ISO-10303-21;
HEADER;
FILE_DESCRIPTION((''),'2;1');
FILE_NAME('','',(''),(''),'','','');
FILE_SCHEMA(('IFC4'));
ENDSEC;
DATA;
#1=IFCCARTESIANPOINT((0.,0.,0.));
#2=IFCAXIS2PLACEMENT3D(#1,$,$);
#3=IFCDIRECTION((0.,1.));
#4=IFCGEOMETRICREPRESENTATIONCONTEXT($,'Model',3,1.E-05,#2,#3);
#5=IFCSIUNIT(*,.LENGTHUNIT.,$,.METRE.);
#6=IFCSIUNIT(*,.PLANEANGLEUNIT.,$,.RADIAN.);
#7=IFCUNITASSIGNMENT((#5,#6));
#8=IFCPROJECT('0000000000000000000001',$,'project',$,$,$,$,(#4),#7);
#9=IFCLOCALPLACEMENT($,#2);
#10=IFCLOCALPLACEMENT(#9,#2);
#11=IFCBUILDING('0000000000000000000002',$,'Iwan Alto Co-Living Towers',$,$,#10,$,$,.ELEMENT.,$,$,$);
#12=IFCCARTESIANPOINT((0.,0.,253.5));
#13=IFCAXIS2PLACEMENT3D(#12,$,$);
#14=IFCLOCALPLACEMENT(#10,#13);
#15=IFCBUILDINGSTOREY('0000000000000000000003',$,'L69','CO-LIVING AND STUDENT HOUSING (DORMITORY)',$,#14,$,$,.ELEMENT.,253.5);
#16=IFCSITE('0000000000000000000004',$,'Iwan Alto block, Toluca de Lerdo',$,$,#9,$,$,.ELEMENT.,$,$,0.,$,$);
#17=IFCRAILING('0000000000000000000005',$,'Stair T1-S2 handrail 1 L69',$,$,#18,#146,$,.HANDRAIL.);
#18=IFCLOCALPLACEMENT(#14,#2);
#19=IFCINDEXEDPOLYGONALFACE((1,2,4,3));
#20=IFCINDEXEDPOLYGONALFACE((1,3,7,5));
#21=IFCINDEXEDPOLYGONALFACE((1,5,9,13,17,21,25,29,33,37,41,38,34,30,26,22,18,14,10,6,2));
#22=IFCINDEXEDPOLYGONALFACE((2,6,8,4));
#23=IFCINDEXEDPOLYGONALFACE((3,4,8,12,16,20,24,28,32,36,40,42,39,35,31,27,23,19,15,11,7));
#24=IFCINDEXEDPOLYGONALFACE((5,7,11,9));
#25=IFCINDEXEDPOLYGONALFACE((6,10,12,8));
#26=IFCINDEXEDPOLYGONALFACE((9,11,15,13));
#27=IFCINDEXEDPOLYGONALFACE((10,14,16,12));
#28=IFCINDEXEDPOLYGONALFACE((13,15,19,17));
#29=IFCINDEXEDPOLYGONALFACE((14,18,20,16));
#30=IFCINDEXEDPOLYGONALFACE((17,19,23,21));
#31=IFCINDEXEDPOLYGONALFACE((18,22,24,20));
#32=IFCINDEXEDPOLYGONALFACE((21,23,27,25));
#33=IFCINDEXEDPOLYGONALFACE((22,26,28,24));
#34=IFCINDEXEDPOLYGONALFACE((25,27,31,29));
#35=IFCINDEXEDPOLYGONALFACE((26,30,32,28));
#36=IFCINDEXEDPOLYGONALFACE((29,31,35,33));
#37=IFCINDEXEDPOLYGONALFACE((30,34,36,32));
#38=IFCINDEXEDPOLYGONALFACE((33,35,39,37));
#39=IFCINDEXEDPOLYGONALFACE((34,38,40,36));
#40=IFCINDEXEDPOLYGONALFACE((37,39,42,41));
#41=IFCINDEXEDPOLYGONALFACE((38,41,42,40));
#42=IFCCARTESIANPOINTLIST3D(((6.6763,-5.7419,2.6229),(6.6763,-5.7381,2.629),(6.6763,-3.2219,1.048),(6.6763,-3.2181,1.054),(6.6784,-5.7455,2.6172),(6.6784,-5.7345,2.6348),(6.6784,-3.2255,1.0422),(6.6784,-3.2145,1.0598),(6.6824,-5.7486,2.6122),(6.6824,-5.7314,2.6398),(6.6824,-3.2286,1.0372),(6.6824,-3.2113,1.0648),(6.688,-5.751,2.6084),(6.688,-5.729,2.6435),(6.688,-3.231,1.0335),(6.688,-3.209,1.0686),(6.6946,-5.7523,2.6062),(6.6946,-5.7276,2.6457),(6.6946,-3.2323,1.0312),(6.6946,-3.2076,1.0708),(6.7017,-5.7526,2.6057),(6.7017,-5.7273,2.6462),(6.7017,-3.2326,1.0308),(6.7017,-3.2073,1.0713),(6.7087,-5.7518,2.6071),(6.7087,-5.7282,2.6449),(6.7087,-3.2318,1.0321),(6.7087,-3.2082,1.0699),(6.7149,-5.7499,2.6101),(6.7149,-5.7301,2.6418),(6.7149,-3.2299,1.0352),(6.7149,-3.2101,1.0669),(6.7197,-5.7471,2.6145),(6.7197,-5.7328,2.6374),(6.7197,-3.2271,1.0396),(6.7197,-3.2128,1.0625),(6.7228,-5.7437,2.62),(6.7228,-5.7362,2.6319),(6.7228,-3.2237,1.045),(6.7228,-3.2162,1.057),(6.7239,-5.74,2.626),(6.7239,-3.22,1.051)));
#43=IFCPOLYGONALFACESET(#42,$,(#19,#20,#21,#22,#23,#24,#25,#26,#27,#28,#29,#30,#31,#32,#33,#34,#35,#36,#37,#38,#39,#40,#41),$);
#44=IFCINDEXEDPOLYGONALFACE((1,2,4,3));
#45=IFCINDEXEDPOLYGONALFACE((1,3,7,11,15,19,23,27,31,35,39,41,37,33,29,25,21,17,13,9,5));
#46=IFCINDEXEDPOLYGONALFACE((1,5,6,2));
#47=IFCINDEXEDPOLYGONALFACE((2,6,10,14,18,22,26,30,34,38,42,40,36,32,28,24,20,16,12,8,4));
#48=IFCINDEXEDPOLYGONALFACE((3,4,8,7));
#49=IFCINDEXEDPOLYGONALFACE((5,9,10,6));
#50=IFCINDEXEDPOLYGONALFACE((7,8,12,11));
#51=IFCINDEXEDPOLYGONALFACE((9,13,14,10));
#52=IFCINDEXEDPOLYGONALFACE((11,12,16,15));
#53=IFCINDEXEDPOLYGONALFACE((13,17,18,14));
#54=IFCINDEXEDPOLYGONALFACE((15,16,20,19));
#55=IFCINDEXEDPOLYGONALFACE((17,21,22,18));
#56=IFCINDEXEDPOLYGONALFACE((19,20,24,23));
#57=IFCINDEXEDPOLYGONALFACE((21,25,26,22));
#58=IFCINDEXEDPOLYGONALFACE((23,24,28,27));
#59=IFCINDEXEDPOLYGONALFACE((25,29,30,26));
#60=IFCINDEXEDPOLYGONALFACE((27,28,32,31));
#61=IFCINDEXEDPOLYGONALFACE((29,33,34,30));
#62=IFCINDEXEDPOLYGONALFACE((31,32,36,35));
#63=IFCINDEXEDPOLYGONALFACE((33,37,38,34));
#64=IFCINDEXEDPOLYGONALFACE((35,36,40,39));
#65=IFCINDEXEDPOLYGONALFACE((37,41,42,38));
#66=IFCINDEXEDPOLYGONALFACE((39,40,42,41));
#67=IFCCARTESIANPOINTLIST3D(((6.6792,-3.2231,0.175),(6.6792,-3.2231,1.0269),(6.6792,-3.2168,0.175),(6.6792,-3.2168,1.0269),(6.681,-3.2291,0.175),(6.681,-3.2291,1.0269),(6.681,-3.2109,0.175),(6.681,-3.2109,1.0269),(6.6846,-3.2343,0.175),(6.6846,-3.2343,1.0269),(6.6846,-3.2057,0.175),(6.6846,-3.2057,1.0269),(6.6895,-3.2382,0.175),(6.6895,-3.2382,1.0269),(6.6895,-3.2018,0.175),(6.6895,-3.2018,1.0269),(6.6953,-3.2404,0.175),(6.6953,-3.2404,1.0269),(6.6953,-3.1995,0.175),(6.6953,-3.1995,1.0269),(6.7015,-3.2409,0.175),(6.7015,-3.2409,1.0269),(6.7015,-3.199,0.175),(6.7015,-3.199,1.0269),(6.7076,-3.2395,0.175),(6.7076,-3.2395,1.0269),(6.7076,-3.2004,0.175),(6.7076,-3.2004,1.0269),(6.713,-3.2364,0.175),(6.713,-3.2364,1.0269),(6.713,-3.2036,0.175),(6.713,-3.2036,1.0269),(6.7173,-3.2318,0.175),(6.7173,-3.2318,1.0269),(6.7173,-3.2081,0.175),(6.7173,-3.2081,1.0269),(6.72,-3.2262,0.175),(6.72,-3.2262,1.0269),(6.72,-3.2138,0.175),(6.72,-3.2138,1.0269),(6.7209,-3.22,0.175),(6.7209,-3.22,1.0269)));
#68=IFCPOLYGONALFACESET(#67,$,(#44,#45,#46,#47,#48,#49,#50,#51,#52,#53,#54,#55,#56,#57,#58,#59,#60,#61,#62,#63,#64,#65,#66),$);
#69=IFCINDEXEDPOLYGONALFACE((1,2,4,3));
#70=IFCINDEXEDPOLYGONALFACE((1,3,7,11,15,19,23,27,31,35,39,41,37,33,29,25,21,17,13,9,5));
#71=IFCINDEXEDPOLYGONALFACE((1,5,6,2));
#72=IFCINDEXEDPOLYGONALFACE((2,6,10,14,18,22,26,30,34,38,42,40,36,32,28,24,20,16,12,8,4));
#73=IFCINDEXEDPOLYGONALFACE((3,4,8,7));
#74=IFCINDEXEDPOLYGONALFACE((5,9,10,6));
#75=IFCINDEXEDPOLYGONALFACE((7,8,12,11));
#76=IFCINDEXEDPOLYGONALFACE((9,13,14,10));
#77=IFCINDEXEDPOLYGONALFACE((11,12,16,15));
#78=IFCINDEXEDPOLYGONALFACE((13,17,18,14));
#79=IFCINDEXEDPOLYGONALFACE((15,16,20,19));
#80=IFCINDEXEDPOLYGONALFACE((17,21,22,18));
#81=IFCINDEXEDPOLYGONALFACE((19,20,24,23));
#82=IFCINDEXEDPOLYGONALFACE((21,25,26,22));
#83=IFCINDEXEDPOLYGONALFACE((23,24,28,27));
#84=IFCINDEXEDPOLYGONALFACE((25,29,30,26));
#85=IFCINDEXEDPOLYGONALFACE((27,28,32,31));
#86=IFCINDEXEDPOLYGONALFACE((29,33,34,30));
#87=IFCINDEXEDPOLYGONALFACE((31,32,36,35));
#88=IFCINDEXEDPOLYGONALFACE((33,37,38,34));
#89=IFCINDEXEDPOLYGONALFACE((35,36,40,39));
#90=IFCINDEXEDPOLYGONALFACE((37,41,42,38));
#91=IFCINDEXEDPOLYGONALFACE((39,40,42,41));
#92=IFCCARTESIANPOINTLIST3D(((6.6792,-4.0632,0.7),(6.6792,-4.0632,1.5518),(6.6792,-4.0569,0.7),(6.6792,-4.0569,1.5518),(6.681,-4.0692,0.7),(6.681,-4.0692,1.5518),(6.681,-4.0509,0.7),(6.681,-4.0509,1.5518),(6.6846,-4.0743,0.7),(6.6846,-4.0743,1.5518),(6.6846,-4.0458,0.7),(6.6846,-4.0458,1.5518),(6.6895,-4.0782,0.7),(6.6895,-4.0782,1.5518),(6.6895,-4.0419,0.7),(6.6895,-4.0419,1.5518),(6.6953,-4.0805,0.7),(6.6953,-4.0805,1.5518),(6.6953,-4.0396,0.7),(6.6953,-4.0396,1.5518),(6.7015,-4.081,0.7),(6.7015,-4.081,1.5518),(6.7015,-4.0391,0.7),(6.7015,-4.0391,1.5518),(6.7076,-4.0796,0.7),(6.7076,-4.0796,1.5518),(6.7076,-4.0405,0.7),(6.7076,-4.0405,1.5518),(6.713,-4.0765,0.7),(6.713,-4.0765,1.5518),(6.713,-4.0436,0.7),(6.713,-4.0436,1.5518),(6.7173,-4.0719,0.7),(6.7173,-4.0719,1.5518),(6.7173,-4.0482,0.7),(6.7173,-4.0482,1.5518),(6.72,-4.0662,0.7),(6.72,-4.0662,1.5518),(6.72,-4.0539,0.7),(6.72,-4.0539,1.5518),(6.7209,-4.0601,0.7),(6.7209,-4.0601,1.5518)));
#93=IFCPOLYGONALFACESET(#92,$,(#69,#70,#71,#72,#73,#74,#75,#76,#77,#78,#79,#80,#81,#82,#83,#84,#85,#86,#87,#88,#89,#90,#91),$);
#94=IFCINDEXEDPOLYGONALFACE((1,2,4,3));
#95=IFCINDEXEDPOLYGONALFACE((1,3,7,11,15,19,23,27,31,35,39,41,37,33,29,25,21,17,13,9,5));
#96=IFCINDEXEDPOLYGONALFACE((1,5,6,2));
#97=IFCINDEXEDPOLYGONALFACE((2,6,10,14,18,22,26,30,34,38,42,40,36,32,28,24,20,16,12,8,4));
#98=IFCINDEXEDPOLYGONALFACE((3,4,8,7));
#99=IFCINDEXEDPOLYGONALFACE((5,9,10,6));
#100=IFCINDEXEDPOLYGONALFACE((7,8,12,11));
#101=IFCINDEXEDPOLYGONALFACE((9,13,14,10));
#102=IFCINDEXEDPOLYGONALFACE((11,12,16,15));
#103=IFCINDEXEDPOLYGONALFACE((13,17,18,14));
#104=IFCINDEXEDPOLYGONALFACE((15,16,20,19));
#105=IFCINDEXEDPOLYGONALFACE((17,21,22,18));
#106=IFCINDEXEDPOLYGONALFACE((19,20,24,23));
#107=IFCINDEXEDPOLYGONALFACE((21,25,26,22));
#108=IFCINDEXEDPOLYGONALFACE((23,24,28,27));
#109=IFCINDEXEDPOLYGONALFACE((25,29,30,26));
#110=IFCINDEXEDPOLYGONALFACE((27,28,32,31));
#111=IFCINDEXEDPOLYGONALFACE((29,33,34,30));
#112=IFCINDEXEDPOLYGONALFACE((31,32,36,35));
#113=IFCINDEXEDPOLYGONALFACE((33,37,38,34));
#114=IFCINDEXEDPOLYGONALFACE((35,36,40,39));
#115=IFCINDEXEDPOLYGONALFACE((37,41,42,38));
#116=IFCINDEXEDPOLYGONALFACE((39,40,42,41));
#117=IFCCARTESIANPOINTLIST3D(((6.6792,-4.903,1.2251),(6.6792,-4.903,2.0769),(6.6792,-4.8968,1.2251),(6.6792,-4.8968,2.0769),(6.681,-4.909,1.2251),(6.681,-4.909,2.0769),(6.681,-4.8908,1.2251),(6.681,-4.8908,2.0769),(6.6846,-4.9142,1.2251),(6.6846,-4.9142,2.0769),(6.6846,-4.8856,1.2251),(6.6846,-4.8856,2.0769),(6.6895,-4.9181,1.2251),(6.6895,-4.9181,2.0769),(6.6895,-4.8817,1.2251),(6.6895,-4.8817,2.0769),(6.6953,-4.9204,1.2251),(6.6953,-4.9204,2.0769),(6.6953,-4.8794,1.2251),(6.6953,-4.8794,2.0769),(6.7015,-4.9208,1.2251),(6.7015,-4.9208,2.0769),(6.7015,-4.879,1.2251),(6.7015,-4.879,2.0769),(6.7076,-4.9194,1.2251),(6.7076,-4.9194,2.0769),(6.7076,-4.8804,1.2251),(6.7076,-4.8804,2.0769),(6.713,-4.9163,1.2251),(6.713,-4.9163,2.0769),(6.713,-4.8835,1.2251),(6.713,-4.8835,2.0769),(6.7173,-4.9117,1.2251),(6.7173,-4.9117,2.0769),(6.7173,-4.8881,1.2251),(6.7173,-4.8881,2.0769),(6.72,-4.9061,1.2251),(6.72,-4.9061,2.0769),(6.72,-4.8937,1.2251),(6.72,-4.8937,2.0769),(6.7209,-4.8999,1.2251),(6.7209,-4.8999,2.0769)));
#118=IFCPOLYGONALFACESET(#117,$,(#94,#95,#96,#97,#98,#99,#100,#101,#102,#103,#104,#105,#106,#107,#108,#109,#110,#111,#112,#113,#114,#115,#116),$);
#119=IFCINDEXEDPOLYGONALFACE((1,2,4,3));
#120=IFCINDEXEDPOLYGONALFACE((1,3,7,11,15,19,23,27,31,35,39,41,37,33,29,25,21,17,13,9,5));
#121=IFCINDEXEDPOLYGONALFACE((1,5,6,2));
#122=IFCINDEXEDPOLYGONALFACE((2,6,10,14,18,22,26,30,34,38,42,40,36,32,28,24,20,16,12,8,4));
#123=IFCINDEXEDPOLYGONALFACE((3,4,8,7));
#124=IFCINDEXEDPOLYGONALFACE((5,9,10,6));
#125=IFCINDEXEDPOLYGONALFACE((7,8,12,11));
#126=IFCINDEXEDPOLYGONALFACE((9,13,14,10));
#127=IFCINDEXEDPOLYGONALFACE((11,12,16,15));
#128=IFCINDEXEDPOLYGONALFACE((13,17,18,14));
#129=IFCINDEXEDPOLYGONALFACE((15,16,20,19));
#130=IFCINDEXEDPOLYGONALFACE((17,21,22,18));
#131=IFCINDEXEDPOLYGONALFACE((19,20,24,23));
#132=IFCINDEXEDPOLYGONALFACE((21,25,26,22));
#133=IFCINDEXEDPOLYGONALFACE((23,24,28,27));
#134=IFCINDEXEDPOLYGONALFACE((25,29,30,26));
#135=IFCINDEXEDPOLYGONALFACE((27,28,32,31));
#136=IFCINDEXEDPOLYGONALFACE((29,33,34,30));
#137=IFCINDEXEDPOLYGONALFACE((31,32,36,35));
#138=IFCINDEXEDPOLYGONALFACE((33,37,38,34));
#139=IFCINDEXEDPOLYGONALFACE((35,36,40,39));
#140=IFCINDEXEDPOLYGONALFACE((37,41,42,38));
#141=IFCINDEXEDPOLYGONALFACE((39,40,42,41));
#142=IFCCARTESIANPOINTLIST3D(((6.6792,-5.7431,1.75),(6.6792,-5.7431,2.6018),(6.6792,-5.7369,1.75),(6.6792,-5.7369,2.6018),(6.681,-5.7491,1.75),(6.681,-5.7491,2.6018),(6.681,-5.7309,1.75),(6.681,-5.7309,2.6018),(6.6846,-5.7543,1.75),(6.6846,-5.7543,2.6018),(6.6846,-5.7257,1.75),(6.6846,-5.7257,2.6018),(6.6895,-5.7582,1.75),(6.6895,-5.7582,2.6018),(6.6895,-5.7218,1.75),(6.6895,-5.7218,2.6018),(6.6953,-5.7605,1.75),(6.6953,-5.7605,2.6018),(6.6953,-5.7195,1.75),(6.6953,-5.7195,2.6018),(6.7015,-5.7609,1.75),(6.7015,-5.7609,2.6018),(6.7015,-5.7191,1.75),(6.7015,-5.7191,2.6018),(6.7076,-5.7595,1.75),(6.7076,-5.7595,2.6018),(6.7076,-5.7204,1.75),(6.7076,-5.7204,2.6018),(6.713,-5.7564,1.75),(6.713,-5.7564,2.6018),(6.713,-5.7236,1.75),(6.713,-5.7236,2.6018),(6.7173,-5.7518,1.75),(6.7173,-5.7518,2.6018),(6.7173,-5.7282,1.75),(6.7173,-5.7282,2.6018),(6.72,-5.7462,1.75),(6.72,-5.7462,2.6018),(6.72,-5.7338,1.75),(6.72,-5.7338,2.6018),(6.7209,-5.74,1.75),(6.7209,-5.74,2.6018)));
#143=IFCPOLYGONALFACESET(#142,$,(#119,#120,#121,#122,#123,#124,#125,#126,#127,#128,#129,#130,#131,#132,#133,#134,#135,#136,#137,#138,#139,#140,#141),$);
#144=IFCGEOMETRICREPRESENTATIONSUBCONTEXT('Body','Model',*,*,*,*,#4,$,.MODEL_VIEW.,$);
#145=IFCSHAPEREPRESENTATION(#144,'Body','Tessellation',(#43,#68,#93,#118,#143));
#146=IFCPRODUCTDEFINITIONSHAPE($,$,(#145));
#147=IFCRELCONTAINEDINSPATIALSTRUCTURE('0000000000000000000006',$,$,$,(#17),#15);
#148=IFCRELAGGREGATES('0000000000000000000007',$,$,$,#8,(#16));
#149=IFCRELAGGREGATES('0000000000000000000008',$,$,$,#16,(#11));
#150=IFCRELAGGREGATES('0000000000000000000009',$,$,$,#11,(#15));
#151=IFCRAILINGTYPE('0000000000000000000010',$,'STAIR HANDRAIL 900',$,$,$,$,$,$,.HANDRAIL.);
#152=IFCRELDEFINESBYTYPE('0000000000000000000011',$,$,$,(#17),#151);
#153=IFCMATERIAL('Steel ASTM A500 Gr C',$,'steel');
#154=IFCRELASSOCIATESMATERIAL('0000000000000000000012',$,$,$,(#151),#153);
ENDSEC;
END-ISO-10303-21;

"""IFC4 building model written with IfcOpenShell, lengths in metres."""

from ifc_helpers import new_model, si_unit, direction, frame, origin, origin_2d, place, context, subcontext, project, spatial, circle, extrude, material, type_object, element, save


model = new_model("IFC4")

# Units and contexts
model_context = context("Model", 3, precision=1e-05, world=origin(), true_north=direction((0.0, 1.0)))
body_context = subcontext(model_context, "Body", "Model", "MODEL_VIEW")
ifc_project = project(units=[si_unit("LENGTHUNIT", "METRE"), si_unit("PLANEANGLEUNIT", "RADIAN")], contexts=[model_context])

# Site, building, storey
site_placement = place(None, origin())
site = spatial("IfcSite", under=ifc_project, at=site_placement, Name="Iwan Alto block, Toluca de Lerdo", CompositionType="ELEMENT", RefElevation=0.0)
building_placement = place(site_placement, origin())
building = spatial("IfcBuilding", under=site, at=building_placement, Name="Iwan Alto Co-Living Towers", CompositionType="ELEMENT")
storey_placement = place(building_placement, frame((0.0, 0.0, 253.5)))
storey = spatial("IfcBuildingStorey", under=building, at=storey_placement, Name="L69", Description="CO-LIVING AND STUDENT HOUSING (DORMITORY)", CompositionType="ELEMENT", Elevation=253.5)

# Railing
ifc_material_1 = material(Name="Steel ASTM A500 Gr C", Category="steel")
railing_type_1 = type_object("IfcRailingType", Name="STAIR HANDRAIL 900", PredefinedType="HANDRAIL", material=ifc_material_1)
railing_1_placement = place(storey_placement, frame((6.7, -3.22, 0.175)))
element("IfcRailing", 1, at=railing_1_placement, inside=storey, type_object=railing_type_1, Name="Stair T1-S2 handrail 1 L69", PredefinedType="HANDRAIL", context=body_context, shape_type="SweptSolid", body=[
    extrude(circle(Radius=0.0239, at=origin_2d()), frame((0.0, 0.0, 0.876), z_axis=(0.0, -0.848008, 0.529984), x_axis=(1.0, 0.0, 0.0)), (0.0, 0.0, 1.0), 2.9717),
    extrude(circle(Radius=0.021, at=origin_2d()), origin(), (0.0, 0.0, 1.0), 0.8518),
    extrude(circle(Radius=0.021, at=origin_2d()), frame((0.0, -0.8401, 0.5249)), (0.0, 0.0, 1.0), 0.8518),
    extrude(circle(Radius=0.021, at=origin_2d()), frame((0.0, -1.6799, 1.05)), (0.0, 0.0, 1.0), 0.8518),
    extrude(circle(Radius=0.021, at=origin_2d()), frame((0.0, -2.52, 1.575)), (0.0, 0.0, 1.0), 0.8518),
])

save(model, "model.ifc")
